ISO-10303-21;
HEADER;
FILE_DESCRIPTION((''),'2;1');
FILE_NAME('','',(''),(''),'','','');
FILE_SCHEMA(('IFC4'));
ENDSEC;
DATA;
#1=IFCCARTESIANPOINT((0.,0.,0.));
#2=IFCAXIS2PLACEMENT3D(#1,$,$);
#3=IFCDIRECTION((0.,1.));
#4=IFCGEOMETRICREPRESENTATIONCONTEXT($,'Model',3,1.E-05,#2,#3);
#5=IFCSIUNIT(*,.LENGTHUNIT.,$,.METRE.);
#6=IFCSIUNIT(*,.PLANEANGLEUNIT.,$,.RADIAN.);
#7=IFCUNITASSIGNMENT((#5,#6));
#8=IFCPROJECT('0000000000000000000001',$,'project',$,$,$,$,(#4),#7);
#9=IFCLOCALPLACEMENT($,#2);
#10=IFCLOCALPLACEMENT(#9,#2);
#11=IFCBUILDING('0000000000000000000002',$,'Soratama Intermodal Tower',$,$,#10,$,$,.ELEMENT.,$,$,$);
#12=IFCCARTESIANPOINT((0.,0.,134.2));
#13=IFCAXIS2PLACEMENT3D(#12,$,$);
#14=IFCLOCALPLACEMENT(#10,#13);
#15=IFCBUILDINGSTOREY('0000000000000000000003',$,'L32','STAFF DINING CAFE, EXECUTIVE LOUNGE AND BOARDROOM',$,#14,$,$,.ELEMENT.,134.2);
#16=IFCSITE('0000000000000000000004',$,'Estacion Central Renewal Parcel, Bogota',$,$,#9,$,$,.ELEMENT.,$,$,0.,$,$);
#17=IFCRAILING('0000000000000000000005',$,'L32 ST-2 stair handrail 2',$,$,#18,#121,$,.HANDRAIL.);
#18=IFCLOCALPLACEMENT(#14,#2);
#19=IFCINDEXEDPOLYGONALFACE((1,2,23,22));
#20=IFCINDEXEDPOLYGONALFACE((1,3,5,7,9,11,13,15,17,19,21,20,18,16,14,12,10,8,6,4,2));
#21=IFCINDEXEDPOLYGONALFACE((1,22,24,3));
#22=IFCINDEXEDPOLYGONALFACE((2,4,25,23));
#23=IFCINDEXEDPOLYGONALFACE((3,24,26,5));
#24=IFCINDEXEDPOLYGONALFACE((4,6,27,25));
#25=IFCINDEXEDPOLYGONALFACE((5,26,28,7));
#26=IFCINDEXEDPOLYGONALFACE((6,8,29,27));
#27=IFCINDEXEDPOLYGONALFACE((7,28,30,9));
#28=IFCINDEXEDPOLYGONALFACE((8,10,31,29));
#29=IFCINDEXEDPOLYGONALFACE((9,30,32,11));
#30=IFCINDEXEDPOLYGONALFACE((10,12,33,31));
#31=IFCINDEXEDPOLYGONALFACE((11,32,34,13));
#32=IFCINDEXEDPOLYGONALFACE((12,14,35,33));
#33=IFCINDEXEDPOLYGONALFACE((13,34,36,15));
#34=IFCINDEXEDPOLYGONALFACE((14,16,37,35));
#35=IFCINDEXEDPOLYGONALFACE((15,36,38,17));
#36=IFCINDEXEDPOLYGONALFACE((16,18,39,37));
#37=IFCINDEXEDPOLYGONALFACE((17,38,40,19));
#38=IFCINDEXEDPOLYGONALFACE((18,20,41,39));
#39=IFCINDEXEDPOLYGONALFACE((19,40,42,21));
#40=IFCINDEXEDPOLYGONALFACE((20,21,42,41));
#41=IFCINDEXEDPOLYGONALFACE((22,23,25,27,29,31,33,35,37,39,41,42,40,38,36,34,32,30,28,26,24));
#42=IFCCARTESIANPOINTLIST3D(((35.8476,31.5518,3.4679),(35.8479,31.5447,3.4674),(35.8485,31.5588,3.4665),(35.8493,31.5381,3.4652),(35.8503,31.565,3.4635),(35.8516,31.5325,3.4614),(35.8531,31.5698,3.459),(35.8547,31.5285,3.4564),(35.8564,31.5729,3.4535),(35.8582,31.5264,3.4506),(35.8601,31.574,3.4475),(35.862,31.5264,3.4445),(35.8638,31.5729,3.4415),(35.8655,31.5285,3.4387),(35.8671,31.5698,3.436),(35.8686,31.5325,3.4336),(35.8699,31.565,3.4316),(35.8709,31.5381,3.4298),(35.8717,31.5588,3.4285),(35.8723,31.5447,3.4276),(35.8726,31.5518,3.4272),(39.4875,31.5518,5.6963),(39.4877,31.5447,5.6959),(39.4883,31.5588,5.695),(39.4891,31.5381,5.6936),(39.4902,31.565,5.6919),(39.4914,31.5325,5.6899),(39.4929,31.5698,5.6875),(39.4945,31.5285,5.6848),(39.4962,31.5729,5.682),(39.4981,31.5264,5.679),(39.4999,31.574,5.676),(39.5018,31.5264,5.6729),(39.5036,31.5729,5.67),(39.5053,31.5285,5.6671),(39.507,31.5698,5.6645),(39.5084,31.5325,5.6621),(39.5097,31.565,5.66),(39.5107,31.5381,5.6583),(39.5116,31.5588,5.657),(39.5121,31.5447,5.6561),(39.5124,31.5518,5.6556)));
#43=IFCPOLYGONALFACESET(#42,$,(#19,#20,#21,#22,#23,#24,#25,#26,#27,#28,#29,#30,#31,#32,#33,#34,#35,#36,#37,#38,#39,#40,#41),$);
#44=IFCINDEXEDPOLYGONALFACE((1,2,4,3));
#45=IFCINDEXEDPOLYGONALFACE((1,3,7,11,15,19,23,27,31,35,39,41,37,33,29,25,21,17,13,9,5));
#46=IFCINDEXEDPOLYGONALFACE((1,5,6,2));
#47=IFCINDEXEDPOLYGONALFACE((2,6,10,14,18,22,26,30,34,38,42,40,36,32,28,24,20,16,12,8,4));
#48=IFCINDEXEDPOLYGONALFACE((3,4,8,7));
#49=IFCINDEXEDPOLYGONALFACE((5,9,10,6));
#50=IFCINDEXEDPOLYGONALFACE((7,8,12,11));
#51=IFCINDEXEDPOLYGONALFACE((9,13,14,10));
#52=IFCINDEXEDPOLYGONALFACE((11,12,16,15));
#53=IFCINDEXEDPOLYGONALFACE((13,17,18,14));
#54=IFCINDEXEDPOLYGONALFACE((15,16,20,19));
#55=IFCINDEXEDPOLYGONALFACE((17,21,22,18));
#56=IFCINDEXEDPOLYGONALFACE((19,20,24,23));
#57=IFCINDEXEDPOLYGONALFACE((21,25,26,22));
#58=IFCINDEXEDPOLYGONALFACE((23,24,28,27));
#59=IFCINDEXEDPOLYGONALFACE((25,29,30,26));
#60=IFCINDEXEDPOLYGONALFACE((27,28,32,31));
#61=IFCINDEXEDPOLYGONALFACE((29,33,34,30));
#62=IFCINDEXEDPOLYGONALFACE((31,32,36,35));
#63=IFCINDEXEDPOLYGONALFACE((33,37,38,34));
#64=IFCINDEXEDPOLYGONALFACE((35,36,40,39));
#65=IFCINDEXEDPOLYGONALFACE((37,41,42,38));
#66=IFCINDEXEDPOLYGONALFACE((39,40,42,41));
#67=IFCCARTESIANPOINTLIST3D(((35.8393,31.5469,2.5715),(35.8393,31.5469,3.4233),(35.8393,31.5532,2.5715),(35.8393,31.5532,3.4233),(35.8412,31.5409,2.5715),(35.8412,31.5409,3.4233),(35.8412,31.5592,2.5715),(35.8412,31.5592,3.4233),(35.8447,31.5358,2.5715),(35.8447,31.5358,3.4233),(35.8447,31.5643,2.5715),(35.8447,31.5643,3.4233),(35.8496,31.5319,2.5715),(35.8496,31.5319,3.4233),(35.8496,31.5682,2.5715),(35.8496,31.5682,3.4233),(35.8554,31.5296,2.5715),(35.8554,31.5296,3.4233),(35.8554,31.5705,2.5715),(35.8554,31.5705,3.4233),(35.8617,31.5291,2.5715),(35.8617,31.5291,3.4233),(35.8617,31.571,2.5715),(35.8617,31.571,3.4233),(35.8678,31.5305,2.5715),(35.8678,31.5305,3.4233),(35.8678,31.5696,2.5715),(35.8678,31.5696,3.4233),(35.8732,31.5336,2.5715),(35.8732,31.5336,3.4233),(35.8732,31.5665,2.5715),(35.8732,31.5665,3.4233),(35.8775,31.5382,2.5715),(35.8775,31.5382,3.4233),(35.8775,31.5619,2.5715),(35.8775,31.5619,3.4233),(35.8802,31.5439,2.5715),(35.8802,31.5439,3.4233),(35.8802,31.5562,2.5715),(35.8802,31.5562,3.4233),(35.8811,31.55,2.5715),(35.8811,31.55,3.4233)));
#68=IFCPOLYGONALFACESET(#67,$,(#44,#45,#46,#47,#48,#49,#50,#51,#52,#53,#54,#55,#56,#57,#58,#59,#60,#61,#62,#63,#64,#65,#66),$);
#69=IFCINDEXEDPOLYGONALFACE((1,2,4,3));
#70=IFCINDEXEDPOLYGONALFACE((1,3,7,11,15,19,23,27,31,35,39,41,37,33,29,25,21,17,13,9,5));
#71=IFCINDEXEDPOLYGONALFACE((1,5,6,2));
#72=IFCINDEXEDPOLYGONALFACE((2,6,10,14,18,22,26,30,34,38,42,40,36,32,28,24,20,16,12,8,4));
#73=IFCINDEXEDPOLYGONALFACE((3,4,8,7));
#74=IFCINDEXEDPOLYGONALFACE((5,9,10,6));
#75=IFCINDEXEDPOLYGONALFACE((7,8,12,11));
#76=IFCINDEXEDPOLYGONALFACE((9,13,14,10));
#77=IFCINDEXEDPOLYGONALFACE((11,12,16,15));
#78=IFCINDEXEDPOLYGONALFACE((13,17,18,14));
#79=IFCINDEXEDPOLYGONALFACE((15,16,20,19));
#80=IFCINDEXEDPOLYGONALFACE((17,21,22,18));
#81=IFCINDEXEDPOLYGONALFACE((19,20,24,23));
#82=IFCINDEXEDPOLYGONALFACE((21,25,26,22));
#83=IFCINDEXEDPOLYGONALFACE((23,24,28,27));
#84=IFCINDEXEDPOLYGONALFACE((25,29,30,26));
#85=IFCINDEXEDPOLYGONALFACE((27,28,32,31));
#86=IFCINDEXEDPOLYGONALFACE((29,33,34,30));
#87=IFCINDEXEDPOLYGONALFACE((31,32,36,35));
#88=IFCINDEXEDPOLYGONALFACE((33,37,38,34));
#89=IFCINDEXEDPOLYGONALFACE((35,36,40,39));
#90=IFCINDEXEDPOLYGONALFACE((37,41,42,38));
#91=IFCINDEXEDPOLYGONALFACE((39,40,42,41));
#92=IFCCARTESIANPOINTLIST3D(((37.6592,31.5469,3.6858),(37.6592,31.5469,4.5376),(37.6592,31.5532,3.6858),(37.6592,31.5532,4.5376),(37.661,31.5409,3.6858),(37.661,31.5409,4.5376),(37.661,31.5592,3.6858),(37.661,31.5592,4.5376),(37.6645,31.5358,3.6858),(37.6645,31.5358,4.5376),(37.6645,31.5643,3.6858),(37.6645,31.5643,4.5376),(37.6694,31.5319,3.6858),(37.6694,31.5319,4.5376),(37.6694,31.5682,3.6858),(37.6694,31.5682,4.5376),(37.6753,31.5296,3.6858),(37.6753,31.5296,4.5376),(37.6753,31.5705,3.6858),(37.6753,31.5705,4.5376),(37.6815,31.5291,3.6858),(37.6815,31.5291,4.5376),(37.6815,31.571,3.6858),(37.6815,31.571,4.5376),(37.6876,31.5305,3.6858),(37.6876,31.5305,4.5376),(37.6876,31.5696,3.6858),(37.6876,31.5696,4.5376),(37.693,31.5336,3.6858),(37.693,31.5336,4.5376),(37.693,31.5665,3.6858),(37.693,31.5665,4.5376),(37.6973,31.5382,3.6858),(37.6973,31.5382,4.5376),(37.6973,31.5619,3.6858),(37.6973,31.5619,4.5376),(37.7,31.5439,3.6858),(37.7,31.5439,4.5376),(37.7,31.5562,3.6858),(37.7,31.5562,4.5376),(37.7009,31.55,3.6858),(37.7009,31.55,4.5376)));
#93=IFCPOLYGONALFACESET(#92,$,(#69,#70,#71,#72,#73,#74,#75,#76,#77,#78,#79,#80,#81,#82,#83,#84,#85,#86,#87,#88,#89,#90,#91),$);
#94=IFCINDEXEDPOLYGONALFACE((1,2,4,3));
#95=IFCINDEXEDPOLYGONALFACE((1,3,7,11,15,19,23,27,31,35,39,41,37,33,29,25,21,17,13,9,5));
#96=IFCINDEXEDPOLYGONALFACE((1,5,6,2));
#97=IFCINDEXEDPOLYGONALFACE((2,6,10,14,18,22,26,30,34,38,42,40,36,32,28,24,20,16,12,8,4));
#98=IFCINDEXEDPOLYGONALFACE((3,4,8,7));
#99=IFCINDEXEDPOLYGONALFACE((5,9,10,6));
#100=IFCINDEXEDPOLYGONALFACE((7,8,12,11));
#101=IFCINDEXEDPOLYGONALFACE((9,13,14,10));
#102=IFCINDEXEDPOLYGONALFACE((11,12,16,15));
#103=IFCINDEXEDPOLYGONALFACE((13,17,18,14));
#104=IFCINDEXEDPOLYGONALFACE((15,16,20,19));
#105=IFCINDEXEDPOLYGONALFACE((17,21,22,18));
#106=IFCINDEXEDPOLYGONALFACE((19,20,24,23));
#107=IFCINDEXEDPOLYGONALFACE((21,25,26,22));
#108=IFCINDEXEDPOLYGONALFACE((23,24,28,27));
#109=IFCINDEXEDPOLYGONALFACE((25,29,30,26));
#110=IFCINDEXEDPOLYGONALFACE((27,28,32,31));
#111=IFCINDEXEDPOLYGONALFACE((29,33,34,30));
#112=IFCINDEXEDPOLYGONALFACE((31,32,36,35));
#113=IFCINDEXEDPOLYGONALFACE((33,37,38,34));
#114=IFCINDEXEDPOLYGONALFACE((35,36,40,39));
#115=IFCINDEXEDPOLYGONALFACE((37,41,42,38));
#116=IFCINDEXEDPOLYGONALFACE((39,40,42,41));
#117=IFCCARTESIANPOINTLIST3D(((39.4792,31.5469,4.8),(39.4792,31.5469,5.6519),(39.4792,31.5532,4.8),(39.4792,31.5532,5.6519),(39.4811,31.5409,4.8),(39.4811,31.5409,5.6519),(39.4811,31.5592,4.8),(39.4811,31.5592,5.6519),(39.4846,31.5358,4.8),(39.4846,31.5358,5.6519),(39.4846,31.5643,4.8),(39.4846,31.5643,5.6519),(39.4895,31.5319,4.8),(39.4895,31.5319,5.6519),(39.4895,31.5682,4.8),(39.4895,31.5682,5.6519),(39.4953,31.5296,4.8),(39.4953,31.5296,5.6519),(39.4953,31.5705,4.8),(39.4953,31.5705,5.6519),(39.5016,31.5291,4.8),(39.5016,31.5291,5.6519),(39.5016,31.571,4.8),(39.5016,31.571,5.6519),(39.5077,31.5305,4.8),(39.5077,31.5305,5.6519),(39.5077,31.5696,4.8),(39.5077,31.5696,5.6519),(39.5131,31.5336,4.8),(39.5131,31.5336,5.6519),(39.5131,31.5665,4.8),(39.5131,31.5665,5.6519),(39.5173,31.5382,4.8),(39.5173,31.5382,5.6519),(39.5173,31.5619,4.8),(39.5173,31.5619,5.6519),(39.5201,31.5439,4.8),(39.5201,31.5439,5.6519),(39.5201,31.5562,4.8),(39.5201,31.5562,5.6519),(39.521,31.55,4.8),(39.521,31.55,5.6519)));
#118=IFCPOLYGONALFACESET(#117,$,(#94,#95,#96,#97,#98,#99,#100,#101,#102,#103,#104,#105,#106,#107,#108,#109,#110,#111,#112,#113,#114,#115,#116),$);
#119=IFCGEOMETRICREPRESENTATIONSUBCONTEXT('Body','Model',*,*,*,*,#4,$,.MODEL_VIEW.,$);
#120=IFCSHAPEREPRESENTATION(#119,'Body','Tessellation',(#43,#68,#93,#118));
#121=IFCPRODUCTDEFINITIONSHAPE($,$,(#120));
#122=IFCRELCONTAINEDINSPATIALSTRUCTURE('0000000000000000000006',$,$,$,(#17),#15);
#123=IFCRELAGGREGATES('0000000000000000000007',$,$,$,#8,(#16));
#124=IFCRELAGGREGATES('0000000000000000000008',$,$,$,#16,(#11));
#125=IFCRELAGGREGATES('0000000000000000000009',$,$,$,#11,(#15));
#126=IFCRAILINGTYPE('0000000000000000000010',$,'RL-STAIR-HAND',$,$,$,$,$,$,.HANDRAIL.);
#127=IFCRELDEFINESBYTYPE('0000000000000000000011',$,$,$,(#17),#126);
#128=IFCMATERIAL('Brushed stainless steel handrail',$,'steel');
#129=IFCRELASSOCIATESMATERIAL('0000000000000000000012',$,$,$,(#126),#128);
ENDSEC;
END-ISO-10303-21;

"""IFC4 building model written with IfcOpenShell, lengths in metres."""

from ifc_helpers import new_model, si_unit, direction, frame, origin, origin_2d, place, context, subcontext, project, spatial, circle, extrude, material, type_object, element, save


model = new_model("IFC4")

# Units and contexts
model_context = context("Model", 3, precision=1e-05, world=origin(), true_north=direction((0.0, 1.0)))
body_context = subcontext(model_context, "Body", "Model", "MODEL_VIEW")
ifc_project = project(units=[si_unit("LENGTHUNIT", "METRE"), si_unit("PLANEANGLEUNIT", "RADIAN")], contexts=[model_context])

# Site, building, storey
site_placement = place(None, origin())
site = spatial("IfcSite", under=ifc_project, at=site_placement, Name="Estacion Central Renewal Parcel, Bogota", CompositionType="ELEMENT", RefElevation=0.0)
building_placement = place(site_placement, origin())
building = spatial("IfcBuilding", under=site, at=building_placement, Name="Soratama Intermodal Tower", CompositionType="ELEMENT")
storey_placement = place(building_placement, frame((0.0, 0.0, 134.2)))
storey = spatial("IfcBuildingStorey", under=building, at=storey_placement, Name="L32", Description="STAFF DINING CAFE, EXECUTIVE LOUNGE AND BOARDROOM", CompositionType="ELEMENT", Elevation=134.2)

# Railing
ifc_material_1 = material(Name="Brushed stainless steel handrail", Category="steel")
railing_type_1 = type_object("IfcRailingType", Name="RL-STAIR-HAND", PredefinedType="HANDRAIL", material=ifc_material_1)
railing_1_placement = place(storey_placement, frame((35.8601, 31.55, 2.5715)))
element("IfcRailing", 1, at=railing_1_placement, inside=storey, type_object=railing_type_1, Name="L32 ST-2 stair handrail 2", PredefinedType="HANDRAIL", context=body_context, shape_type="SweptSolid", body=[
    extrude(circle(Radius=0.0239, at=origin_2d()), frame((0.0, 0.0, 0.876), z_axis=(0.85285, 0.0, 0.522156), x_axis=(0.0, 1.0, 0.0)), (0.0, 0.0, 1.0), 4.2678),
    extrude(circle(Radius=0.021, at=origin_2d()), origin(), (0.0, 0.0, 1.0), 0.8518),
    extrude(circle(Radius=0.021, at=origin_2d()), frame((1.8198, 0.0, 1.1143)), (0.0, 0.0, 1.0), 0.8518),
    extrude(circle(Radius=0.021, at=origin_2d()), frame((3.6399, 0.0, 2.2285)), (0.0, 0.0, 1.0), 0.8518),
])

save(model, "model.ifc")
